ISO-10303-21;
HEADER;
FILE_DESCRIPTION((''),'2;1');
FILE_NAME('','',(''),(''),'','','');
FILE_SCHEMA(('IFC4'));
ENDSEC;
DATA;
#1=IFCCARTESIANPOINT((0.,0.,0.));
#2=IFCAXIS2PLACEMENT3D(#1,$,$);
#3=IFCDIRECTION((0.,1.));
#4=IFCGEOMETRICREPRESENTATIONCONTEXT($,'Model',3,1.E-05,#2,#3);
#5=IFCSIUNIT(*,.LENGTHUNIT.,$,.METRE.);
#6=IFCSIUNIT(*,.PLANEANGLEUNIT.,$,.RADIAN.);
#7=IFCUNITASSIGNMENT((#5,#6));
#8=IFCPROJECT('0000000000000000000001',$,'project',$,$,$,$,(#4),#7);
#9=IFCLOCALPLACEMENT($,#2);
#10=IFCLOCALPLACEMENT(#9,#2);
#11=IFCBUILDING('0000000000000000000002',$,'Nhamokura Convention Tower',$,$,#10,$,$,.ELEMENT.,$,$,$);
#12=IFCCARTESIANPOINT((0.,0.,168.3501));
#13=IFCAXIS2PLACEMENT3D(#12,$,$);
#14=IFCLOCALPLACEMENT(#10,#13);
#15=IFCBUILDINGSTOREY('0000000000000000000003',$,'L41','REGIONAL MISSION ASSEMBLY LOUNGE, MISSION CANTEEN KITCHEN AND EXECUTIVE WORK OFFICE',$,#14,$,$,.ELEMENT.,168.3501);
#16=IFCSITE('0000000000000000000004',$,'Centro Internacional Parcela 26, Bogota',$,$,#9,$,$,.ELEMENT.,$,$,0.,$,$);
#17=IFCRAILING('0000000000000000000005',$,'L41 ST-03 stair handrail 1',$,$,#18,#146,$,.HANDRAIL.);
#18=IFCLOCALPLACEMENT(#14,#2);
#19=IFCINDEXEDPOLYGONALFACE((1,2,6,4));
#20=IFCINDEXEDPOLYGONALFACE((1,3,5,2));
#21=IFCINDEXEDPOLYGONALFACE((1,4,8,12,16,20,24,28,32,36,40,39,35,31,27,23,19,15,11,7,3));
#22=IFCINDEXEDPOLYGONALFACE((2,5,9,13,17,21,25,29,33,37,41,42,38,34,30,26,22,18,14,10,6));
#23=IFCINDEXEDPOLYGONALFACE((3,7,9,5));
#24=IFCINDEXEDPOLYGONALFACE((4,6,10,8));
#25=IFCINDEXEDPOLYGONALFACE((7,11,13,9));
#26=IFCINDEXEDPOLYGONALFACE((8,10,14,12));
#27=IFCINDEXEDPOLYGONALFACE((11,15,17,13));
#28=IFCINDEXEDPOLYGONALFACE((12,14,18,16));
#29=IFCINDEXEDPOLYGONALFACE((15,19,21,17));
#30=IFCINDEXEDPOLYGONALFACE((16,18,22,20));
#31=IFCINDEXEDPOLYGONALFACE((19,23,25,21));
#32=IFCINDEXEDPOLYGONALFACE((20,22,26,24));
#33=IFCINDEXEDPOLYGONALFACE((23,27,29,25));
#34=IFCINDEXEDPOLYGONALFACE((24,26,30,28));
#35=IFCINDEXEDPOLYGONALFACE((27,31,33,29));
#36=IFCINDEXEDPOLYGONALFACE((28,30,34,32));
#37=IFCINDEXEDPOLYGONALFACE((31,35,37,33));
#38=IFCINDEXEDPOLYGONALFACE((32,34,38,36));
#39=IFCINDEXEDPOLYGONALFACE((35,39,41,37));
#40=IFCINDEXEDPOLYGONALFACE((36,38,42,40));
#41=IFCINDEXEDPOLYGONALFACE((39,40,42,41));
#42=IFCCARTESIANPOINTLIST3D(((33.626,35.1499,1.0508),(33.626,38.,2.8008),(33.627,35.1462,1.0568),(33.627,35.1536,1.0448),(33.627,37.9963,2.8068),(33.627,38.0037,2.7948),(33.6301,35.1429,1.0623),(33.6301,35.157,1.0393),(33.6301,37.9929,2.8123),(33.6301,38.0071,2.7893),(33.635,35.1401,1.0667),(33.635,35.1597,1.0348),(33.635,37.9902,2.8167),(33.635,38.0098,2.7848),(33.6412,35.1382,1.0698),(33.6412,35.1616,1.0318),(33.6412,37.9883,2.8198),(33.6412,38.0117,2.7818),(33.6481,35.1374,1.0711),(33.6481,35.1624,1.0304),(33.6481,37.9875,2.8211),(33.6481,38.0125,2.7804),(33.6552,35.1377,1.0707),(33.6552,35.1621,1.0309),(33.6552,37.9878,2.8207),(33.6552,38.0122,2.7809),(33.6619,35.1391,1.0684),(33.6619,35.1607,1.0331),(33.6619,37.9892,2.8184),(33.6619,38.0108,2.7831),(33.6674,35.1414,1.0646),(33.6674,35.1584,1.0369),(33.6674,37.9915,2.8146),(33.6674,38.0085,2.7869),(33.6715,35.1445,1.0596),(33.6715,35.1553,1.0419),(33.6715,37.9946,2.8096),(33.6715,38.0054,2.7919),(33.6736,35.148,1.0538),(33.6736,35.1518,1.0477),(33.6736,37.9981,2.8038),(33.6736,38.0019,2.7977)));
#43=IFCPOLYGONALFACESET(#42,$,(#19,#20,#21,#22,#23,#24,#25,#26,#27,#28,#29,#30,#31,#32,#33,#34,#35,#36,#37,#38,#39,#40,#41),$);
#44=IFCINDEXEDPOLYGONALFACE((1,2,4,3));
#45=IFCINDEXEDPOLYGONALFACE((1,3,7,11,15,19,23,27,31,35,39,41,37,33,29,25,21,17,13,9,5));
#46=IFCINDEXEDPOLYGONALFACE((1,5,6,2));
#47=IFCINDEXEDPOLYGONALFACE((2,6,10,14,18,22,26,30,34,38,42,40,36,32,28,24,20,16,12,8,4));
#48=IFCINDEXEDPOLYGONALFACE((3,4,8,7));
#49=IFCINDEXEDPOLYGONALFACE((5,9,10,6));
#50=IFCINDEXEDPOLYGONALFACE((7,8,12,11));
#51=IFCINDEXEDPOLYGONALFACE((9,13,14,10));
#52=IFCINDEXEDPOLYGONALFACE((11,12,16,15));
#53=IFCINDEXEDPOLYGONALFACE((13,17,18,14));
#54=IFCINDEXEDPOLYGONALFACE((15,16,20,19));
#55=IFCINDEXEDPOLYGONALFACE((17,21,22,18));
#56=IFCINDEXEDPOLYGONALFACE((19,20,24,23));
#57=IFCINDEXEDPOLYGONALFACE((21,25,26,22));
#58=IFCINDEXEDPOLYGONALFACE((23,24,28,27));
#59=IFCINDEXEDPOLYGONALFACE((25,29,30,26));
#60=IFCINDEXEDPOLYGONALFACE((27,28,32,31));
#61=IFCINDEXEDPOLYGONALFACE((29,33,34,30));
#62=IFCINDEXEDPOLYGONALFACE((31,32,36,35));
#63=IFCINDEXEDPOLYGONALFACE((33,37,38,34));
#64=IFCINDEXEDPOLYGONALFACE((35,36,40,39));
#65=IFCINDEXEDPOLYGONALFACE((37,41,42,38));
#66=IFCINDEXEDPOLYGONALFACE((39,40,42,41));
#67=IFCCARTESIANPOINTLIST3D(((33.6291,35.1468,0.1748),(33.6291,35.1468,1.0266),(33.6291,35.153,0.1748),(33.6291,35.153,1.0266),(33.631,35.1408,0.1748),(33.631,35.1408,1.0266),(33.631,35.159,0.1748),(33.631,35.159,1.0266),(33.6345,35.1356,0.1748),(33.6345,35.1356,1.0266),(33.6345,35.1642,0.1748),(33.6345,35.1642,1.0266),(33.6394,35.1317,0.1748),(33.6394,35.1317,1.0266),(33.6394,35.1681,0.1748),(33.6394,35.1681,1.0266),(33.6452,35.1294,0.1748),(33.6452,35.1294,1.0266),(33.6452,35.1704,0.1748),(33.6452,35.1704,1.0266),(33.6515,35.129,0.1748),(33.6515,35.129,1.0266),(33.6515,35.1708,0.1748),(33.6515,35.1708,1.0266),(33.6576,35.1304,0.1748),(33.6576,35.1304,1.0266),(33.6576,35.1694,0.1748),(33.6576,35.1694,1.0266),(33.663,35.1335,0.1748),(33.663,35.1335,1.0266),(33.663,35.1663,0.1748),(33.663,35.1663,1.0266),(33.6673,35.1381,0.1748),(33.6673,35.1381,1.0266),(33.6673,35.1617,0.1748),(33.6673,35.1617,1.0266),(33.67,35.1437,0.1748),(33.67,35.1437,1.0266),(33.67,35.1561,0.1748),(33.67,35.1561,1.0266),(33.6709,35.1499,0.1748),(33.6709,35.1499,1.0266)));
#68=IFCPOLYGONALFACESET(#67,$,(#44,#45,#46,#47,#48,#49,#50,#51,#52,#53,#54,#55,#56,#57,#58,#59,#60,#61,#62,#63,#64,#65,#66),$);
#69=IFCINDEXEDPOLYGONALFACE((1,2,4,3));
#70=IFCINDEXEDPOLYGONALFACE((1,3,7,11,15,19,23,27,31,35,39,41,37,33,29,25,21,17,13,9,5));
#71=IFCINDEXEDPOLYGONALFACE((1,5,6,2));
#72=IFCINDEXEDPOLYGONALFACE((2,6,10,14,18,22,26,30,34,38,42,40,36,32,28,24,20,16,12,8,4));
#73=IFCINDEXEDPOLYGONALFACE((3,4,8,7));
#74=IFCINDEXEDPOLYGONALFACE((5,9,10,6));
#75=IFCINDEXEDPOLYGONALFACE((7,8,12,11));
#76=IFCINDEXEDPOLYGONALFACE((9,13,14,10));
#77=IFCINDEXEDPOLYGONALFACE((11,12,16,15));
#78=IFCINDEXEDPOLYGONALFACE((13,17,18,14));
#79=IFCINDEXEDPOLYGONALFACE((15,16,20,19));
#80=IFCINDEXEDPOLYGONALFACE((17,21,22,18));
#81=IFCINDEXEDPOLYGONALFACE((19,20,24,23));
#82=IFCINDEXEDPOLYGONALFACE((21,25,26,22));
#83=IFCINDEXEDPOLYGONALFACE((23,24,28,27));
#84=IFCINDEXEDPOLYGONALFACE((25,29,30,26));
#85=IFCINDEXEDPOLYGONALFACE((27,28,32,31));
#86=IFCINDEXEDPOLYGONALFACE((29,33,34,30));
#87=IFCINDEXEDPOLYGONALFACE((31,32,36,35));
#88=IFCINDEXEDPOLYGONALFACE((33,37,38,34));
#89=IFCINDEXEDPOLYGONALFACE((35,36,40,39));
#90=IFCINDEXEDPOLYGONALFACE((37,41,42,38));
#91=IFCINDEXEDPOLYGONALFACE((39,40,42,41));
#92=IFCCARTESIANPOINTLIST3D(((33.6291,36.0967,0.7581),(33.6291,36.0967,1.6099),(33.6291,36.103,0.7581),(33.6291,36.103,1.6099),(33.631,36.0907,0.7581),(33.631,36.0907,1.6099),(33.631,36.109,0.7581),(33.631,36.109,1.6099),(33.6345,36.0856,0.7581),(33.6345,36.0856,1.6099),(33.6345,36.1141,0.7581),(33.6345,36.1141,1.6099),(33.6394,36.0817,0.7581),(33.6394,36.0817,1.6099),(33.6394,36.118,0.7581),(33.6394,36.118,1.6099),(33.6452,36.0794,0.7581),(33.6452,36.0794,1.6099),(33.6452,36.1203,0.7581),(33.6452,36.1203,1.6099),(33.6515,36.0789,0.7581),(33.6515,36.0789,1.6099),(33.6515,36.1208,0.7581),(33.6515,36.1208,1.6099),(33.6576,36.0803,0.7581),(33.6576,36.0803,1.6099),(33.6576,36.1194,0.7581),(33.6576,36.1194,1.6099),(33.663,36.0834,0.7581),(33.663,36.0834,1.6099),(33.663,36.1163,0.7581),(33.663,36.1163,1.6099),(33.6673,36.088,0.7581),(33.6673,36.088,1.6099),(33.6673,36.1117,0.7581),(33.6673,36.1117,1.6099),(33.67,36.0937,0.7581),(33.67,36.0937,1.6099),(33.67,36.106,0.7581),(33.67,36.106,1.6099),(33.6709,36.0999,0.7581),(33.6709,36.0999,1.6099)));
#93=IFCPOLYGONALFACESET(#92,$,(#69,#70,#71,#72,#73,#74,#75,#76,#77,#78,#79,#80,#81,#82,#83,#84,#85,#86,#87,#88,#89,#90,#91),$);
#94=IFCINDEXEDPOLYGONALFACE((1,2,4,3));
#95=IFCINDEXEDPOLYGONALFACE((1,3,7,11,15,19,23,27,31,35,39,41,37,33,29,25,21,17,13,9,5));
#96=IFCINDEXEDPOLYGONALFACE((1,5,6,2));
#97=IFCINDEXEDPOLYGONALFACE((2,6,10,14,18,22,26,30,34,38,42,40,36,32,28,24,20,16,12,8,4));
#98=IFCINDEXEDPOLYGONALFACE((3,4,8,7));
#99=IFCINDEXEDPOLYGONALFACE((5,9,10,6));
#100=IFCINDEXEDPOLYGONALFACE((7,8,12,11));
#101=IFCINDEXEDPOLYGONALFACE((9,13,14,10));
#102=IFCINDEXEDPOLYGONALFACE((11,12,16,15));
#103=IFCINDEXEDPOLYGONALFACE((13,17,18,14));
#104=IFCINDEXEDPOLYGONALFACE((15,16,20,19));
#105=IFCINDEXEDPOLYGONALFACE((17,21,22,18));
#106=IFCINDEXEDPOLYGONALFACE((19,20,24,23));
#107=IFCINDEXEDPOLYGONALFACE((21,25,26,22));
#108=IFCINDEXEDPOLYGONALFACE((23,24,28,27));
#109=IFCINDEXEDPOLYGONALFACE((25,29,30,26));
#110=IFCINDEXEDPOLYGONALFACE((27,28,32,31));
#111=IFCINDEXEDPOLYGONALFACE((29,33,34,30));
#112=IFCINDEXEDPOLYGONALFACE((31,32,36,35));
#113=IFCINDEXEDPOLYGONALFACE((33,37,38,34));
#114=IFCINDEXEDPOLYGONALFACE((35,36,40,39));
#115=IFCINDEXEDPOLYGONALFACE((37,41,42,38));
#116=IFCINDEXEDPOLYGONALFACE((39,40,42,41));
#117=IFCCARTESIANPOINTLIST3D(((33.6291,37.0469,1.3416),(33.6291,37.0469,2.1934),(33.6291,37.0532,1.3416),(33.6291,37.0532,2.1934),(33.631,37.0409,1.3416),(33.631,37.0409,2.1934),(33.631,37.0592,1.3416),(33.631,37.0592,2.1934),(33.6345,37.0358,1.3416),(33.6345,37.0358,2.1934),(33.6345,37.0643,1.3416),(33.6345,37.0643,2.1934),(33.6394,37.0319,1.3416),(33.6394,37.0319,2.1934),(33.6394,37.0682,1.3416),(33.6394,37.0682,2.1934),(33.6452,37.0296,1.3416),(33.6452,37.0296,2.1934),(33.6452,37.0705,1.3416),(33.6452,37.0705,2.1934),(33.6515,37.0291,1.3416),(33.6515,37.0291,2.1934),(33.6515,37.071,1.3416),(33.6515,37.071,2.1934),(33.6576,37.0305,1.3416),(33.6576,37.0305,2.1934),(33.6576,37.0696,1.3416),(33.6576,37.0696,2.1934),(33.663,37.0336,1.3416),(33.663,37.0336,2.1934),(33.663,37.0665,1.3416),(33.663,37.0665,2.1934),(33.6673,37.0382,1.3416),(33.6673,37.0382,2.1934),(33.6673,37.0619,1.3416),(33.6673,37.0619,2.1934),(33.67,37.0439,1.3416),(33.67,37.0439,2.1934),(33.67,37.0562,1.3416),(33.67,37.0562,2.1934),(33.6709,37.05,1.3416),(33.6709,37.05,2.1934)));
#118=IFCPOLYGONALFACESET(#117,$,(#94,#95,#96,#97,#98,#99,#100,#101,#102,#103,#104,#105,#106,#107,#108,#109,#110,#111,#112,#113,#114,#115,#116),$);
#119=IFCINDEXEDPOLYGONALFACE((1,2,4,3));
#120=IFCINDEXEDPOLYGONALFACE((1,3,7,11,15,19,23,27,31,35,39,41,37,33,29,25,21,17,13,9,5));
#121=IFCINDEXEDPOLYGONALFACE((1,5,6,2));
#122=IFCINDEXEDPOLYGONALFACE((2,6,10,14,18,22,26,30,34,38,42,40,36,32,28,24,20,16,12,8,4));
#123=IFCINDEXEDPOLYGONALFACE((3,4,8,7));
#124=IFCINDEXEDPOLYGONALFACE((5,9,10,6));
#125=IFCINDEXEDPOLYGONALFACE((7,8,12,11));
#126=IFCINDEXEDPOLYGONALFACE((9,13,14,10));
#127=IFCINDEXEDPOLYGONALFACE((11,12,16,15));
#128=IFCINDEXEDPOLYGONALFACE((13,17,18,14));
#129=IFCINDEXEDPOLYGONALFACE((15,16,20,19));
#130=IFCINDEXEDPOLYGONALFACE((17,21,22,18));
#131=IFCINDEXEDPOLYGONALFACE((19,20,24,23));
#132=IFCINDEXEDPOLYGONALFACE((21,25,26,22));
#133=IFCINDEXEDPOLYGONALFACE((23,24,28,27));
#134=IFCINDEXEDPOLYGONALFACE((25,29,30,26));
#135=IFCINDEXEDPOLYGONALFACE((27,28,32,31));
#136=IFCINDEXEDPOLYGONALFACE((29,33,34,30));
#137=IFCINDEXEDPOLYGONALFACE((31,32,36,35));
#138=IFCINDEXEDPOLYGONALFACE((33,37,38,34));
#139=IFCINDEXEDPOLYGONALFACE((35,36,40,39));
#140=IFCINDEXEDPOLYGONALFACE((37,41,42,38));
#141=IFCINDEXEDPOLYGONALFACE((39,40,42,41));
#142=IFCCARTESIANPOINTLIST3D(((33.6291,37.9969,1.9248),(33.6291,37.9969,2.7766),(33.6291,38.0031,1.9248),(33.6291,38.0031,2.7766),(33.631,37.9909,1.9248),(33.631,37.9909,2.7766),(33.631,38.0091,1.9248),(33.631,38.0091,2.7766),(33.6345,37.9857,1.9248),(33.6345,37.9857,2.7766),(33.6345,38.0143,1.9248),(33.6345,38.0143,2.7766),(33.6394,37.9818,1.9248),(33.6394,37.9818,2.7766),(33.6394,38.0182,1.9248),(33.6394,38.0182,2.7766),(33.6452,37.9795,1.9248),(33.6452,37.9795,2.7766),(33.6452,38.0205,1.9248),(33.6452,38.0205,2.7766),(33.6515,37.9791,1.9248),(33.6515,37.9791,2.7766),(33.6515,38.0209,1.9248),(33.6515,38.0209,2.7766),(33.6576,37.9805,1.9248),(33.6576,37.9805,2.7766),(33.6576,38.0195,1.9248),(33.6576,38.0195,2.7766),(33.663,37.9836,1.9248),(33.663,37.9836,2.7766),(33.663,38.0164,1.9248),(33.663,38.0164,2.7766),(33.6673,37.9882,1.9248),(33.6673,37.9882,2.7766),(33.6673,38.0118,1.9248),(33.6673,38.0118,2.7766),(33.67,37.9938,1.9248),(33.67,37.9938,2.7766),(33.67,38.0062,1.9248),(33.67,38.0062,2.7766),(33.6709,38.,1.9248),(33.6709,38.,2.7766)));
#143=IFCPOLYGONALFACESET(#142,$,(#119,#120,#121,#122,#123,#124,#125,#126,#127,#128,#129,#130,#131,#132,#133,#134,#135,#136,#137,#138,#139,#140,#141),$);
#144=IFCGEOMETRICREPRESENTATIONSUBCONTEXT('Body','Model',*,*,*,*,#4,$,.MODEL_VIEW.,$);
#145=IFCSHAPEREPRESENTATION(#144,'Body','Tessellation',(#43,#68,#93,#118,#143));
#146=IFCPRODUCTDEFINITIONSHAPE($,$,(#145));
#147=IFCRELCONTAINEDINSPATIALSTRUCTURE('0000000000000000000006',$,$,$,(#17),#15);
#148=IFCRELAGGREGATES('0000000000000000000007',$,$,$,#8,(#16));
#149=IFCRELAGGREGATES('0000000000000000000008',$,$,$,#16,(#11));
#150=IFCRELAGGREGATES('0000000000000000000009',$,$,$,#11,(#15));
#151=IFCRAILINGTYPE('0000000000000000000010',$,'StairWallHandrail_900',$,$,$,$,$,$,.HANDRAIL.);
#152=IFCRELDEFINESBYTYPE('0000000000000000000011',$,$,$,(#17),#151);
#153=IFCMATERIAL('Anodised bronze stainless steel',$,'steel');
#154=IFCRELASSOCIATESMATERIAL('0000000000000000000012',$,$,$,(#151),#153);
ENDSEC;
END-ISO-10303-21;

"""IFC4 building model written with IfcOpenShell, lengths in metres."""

from ifc_helpers import new_model, si_unit, direction, frame, origin, origin_2d, place, context, subcontext, project, spatial, circle, extrude, material, type_object, element, save


model = new_model("IFC4")

# Units and contexts
model_context = context("Model", 3, precision=1e-05, world=origin(), true_north=direction((0.0, 1.0)))
body_context = subcontext(model_context, "Body", "Model", "MODEL_VIEW")
ifc_project = project(units=[si_unit("LENGTHUNIT", "METRE"), si_unit("PLANEANGLEUNIT", "RADIAN")], contexts=[model_context])

# Site, building, storey
site_placement = place(None, origin())
site = spatial("IfcSite", under=ifc_project, at=site_placement, Name="Centro Internacional Parcela 26, Bogota", CompositionType="ELEMENT", RefElevation=0.0)
building_placement = place(site_placement, origin())
building = spatial("IfcBuilding", under=site, at=building_placement, Name="Nhamokura Convention Tower", CompositionType="ELEMENT")
storey_placement = place(building_placement, frame((0.0, 0.0, 168.3501)))
storey = spatial("IfcBuildingStorey", under=building, at=storey_placement, Name="L41", Description="REGIONAL MISSION ASSEMBLY LOUNGE, MISSION CANTEEN KITCHEN AND EXECUTIVE WORK OFFICE", CompositionType="ELEMENT", Elevation=168.3501)

# Railing
ifc_material_1 = material(Name="Anodised bronze stainless steel", Category="steel")
railing_type_1 = type_object("IfcRailingType", Name="StairWallHandrail_900", PredefinedType="HANDRAIL", material=ifc_material_1)
railing_1_placement = place(storey_placement, frame((33.6499, 35.1499, 0.1748)))
element("IfcRailing", 1, at=railing_1_placement, inside=storey, type_object=railing_type_1, Name="L41 ST-03 stair handrail 1", PredefinedType="HANDRAIL", context=body_context, shape_type="SweptSolid", body=[
    extrude(circle(Radius=0.0239, at=origin_2d()), frame((0.0, 0.0, 0.876), z_axis=(0.0, 0.852179, 0.52325), x_axis=(-1.0, 0.0, 0.0)), (0.0, 0.0, 1.0), 3.3445),
    extrude(circle(Radius=0.021, at=origin_2d()), origin(), (0.0, 0.0, 1.0), 0.8518),
    extrude(circle(Radius=0.021, at=origin_2d()), frame((0.0, 0.95, 0.5833)), (0.0, 0.0, 1.0), 0.8518),
    extrude(circle(Radius=0.021, at=origin_2d()), frame((0.0, 1.9001, 1.1667)), (0.0, 0.0, 1.0), 0.8518),
    extrude(circle(Radius=0.021, at=origin_2d()), frame((0.0, 2.8501, 1.75)), (0.0, 0.0, 1.0), 0.8518),
])

save(model, "model.ifc")
